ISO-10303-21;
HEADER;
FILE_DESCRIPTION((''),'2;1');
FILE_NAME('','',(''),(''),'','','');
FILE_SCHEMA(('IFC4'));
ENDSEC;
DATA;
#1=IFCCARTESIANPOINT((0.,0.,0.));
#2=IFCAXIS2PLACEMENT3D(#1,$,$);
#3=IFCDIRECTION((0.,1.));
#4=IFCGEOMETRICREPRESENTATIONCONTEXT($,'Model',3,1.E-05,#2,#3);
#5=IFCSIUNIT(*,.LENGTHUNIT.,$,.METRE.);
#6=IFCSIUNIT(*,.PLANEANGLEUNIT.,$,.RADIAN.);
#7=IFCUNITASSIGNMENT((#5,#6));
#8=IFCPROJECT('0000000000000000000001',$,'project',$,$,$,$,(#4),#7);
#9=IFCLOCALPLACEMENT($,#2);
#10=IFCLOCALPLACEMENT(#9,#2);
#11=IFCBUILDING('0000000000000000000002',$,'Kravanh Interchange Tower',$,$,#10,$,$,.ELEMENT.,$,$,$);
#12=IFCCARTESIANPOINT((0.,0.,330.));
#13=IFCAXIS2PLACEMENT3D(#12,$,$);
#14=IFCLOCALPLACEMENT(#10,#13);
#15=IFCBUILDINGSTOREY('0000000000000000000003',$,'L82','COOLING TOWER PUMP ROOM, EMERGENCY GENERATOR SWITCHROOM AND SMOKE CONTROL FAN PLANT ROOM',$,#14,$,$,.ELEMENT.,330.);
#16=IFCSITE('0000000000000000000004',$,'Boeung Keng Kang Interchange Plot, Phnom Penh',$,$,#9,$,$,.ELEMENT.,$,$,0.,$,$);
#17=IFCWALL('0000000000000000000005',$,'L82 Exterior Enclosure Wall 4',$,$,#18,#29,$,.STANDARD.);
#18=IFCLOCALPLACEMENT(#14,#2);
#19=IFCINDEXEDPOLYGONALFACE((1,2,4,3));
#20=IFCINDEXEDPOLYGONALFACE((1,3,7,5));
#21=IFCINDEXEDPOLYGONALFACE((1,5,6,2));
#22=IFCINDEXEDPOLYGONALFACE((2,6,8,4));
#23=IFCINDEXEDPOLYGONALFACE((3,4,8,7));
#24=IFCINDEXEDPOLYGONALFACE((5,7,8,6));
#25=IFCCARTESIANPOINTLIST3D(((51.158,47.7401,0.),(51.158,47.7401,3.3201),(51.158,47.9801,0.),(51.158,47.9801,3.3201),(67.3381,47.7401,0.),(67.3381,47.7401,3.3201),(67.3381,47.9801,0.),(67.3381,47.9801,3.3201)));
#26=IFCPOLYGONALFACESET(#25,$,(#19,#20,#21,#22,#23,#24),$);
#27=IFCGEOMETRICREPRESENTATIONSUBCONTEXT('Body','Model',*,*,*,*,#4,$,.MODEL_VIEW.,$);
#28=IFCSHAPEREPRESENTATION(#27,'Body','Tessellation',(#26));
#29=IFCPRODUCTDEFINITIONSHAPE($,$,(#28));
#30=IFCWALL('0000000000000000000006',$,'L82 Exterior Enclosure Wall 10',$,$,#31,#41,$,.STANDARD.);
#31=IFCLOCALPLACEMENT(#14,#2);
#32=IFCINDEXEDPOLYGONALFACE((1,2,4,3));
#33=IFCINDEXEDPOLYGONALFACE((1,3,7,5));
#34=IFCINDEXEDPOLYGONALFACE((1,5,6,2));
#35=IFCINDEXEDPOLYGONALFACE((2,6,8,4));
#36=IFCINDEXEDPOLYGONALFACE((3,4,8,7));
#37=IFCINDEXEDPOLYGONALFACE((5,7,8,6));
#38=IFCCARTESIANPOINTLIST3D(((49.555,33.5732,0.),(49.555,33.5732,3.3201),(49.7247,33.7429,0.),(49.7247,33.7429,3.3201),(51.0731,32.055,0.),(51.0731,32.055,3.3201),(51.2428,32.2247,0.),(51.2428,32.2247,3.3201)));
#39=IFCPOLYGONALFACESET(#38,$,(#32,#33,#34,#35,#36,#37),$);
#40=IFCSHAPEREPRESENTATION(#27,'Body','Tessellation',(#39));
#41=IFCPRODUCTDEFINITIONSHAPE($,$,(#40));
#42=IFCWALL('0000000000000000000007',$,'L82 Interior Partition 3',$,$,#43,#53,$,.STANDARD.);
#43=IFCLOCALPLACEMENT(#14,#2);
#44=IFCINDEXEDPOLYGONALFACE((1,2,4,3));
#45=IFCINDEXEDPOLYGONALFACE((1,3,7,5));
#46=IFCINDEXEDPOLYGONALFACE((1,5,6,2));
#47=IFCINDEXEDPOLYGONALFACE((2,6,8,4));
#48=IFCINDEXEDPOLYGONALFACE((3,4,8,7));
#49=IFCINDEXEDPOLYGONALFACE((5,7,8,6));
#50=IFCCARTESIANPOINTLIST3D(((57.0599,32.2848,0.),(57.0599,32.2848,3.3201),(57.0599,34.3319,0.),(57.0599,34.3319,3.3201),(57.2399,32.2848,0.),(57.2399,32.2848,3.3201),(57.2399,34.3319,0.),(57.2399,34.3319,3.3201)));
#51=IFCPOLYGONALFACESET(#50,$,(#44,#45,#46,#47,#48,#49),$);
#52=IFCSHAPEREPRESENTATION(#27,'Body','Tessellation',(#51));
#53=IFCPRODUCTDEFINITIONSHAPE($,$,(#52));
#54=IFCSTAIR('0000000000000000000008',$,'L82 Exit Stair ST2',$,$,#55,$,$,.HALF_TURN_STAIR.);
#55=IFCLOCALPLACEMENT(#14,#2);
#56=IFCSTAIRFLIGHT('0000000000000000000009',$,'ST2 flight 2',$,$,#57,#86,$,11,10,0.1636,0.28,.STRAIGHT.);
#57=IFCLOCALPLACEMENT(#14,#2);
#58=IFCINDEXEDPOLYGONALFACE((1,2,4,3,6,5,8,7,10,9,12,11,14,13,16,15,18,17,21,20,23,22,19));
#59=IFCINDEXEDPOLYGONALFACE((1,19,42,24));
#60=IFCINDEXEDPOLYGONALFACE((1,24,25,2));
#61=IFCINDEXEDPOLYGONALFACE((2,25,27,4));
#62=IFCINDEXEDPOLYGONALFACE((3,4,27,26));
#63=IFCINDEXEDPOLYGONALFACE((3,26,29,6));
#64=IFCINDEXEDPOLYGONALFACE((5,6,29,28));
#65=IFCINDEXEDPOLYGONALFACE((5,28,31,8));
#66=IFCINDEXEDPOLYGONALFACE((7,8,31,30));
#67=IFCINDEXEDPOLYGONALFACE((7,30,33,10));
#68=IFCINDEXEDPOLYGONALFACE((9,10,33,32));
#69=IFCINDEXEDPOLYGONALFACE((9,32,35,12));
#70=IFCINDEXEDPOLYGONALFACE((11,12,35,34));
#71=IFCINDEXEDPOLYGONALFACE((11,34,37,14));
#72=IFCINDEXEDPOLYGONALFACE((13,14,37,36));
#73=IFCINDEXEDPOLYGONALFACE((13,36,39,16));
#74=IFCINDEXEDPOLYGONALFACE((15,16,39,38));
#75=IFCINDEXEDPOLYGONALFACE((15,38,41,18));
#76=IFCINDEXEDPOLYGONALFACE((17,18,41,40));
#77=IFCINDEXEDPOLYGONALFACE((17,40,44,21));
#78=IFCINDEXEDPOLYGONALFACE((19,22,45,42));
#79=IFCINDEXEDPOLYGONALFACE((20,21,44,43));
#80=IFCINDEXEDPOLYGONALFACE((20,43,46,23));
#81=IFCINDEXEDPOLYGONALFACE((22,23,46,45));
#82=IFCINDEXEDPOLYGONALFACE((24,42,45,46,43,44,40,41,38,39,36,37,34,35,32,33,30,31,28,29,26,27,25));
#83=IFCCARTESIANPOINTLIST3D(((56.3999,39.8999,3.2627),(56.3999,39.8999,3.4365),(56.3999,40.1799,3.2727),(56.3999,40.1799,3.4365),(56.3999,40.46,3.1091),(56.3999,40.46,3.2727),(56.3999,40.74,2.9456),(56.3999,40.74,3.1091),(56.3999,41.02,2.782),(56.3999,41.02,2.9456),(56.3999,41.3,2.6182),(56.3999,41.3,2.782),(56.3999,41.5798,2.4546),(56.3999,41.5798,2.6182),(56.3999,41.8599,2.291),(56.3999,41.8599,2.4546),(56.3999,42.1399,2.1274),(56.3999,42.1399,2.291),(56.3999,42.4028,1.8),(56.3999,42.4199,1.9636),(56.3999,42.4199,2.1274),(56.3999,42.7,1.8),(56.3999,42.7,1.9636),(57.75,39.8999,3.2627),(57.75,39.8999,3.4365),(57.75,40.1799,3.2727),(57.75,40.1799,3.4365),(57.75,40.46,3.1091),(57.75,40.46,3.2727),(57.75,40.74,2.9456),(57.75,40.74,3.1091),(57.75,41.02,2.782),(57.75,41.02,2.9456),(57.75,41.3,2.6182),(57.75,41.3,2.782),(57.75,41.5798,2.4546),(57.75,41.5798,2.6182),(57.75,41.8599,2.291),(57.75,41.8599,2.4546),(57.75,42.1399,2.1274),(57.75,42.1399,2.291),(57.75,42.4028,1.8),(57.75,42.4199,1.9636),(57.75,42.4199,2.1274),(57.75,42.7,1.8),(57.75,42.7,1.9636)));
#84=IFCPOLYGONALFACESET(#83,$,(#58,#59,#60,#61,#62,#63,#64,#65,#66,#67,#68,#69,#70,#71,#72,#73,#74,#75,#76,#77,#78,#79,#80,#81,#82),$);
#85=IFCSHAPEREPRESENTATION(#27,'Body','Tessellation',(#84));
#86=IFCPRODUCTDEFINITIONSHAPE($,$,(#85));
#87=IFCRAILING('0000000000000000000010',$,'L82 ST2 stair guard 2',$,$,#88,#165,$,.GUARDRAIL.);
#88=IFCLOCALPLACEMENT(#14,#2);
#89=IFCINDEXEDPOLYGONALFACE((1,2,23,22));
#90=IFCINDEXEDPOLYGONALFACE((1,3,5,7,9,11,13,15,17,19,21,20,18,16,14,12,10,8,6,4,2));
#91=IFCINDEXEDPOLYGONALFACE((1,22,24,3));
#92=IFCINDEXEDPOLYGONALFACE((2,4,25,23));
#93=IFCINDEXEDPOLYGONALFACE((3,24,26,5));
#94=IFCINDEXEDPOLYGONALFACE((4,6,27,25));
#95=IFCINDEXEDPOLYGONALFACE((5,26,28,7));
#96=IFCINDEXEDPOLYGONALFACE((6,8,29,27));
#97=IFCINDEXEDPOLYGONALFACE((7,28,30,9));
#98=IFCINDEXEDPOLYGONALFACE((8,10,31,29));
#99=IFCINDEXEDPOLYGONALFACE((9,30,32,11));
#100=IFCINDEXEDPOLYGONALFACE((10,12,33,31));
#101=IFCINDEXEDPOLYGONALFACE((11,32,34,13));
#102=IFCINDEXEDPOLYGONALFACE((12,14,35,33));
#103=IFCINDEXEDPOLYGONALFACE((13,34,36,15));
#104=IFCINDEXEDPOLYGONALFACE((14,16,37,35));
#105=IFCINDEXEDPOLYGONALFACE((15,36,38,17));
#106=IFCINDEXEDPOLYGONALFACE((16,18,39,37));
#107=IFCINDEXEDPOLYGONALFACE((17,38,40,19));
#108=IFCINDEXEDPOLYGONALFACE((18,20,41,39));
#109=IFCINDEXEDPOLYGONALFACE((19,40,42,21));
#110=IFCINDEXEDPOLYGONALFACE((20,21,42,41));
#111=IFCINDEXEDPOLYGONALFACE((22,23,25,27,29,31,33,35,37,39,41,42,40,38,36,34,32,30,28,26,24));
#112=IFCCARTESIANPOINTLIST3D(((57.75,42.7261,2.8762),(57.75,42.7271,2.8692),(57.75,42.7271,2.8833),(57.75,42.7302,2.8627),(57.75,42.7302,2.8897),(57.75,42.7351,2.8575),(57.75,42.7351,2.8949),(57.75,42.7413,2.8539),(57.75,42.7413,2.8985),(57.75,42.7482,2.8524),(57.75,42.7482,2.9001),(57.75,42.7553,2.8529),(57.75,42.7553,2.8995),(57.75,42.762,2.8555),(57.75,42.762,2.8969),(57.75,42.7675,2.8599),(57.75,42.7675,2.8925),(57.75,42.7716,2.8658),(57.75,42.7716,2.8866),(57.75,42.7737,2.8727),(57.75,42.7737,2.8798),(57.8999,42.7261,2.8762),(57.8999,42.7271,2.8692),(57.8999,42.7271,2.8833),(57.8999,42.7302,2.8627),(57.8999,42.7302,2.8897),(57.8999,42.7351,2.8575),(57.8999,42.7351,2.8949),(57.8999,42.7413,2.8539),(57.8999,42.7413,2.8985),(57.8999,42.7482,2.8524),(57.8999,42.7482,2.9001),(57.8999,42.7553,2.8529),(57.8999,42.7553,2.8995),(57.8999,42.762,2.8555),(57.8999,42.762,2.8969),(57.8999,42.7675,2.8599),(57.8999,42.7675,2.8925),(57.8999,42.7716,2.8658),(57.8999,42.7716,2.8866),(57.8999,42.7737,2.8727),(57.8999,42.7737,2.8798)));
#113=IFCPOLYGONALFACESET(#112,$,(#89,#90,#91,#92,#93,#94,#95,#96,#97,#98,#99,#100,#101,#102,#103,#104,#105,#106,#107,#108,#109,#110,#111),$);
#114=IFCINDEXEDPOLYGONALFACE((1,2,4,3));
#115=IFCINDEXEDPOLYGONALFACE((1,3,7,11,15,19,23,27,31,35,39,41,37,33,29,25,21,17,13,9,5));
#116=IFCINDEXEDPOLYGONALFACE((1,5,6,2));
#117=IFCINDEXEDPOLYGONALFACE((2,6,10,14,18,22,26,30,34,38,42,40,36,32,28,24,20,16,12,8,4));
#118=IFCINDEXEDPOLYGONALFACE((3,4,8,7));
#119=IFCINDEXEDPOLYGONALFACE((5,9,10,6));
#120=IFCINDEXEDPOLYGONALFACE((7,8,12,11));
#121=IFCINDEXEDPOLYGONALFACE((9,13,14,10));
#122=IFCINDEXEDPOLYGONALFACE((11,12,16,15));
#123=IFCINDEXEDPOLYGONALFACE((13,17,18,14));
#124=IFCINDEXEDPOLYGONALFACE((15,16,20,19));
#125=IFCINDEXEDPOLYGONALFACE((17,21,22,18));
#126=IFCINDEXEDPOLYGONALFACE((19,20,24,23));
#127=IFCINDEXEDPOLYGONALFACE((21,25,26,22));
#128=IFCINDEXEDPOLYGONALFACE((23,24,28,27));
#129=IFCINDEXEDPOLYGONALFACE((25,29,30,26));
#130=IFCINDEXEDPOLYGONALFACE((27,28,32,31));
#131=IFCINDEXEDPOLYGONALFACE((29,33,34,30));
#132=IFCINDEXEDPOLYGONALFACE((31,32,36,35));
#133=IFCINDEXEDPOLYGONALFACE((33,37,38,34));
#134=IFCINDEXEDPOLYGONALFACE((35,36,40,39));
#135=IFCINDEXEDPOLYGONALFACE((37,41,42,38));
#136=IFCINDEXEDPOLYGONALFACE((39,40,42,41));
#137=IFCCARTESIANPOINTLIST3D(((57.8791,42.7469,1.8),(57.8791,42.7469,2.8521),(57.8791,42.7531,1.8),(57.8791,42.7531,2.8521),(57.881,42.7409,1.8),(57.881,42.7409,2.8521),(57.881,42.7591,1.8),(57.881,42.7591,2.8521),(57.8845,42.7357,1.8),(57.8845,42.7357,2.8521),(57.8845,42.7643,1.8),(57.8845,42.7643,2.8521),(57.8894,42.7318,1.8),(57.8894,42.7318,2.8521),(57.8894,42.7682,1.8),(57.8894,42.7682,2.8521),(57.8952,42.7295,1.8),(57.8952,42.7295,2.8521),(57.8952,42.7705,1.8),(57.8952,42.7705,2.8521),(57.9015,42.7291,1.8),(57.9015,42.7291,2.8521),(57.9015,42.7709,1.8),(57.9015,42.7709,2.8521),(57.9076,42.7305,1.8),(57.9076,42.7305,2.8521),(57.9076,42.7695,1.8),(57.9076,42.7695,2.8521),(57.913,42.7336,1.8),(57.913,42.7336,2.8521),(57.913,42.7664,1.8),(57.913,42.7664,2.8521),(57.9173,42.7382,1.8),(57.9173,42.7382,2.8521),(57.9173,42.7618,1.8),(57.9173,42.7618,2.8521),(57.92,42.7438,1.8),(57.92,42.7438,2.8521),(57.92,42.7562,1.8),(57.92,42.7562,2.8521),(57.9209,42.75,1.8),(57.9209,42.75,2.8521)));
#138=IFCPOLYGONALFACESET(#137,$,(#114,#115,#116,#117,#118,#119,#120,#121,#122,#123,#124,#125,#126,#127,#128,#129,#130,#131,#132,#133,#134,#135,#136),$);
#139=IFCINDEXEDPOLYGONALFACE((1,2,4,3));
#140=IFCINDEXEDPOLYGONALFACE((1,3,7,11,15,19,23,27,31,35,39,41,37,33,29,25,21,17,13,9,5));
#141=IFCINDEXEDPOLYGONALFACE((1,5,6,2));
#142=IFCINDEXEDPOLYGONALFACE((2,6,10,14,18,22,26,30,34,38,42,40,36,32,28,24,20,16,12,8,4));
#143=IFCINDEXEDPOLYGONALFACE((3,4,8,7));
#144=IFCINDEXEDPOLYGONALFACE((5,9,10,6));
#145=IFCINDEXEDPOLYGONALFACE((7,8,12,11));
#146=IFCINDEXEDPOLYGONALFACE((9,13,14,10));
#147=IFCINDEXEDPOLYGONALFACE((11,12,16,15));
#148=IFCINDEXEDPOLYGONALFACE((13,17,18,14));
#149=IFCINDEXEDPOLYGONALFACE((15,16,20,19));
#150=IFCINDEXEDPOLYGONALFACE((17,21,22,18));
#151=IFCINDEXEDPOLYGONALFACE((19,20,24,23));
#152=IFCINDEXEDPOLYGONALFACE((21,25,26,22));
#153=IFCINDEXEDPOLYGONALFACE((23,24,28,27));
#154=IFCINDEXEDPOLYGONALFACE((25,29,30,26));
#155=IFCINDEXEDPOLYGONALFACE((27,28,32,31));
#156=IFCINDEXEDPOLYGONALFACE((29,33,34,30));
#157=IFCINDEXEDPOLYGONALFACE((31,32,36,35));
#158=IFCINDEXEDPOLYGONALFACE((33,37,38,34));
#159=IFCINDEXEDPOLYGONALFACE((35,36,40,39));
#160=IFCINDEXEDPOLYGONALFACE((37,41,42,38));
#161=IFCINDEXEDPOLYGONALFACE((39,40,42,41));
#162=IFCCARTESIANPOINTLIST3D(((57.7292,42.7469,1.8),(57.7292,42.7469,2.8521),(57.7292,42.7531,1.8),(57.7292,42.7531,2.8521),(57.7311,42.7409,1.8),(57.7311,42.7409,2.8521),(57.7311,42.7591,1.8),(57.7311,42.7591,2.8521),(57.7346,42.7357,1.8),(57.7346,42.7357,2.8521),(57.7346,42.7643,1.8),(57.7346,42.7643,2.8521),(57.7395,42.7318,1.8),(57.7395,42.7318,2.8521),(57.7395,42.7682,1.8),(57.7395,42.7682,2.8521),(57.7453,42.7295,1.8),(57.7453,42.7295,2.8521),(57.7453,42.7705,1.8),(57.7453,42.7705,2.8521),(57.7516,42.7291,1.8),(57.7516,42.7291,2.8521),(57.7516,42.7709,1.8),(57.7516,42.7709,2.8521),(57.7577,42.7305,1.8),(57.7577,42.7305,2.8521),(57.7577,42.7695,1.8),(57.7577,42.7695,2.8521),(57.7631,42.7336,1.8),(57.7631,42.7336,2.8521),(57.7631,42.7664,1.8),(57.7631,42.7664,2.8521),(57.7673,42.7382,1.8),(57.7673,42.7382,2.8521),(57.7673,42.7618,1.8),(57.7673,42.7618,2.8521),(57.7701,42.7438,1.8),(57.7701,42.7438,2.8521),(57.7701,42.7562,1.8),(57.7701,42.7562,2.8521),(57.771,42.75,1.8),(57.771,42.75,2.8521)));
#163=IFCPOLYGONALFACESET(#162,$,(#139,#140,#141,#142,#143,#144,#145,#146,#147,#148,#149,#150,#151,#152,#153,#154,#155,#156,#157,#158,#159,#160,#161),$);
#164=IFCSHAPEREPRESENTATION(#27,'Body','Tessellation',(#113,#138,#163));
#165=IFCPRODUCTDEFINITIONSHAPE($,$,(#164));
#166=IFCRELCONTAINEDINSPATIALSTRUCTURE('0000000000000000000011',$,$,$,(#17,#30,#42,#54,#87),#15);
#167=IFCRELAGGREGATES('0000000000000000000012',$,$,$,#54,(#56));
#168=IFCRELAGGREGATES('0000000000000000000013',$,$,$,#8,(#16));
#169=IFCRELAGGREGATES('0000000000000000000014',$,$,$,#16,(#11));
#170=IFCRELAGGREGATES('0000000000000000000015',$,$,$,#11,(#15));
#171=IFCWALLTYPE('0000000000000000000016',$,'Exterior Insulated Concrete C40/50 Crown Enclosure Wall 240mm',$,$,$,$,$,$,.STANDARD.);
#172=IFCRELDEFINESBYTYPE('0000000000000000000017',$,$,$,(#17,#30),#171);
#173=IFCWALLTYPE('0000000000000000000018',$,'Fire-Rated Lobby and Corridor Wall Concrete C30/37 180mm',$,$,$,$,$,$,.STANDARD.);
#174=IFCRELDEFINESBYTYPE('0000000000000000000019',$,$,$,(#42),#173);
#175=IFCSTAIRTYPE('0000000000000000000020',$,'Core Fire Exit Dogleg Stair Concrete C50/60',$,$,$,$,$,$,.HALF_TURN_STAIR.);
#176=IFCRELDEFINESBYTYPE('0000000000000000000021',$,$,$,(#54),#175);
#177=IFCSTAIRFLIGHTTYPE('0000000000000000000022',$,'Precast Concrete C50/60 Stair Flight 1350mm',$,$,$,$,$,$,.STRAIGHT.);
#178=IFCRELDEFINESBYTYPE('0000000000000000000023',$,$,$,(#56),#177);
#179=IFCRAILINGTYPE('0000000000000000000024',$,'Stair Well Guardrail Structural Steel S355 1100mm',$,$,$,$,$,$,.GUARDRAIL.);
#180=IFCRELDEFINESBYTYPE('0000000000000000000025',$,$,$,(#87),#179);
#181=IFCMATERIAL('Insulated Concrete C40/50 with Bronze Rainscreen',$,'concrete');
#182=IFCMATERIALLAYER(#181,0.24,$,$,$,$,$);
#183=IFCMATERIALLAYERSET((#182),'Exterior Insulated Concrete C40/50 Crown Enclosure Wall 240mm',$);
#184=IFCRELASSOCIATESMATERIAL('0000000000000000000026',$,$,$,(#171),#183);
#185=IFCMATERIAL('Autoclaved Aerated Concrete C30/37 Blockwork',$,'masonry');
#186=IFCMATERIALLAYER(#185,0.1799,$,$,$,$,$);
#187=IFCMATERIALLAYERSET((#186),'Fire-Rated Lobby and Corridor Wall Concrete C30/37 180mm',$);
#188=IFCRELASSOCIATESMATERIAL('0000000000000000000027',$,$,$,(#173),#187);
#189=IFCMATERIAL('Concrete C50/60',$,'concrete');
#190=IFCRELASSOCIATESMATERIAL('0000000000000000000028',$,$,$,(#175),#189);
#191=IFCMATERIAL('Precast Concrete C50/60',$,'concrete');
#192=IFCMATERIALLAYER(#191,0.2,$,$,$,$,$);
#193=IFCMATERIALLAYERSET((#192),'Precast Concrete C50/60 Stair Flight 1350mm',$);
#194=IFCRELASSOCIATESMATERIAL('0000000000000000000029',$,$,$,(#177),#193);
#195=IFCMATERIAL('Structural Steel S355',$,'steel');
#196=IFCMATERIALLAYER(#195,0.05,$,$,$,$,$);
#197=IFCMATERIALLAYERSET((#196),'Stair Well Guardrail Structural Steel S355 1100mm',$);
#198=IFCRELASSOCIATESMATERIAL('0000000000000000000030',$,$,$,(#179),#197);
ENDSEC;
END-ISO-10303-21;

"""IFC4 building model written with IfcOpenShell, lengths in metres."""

from ifc_helpers import new_model, si_unit, direction, frame, frame_2d, origin, origin_2d, place, context, subcontext, project, spatial, polyline, rectangle, circle, outline, extrude, material, layer, layer_set, type_object, element, aggregate, save


model = new_model("IFC4")

# Units and contexts
model_context = context("Model", 3, precision=1e-05, world=origin(), true_north=direction((0.0, 1.0)))
body_context = subcontext(model_context, "Body", "Model", "MODEL_VIEW")
ifc_project = project(units=[si_unit("LENGTHUNIT", "METRE"), si_unit("PLANEANGLEUNIT", "RADIAN")], contexts=[model_context])

# Site, building, storey
site_placement = place(None, origin())
site = spatial("IfcSite", under=ifc_project, at=site_placement, Name="Boeung Keng Kang Interchange Plot, Phnom Penh", CompositionType="ELEMENT", RefElevation=0.0)
building_placement = place(site_placement, origin())
building = spatial("IfcBuilding", under=site, at=building_placement, Name="Kravanh Interchange Tower", CompositionType="ELEMENT")
storey_placement = place(building_placement, frame((0.0, 0.0, 330.0)))
storey = spatial("IfcBuildingStorey", under=building, at=storey_placement, Name="L82", Description="COOLING TOWER PUMP ROOM, EMERGENCY GENERATOR SWITCHROOM AND SMOKE CONTROL FAN PLANT ROOM", CompositionType="ELEMENT", Elevation=330.0)

# Walls
ifc_material_1 = material(Name="Insulated Concrete C40/50 with Bronze Rainscreen", Category="concrete")
ifc_layer_1 = layer(ifc_material_1, 0.24)
ifc_layer_set_1 = layer_set([ifc_layer_1], Name="Exterior Insulated Concrete C40/50 Crown Enclosure Wall 240mm")
wall_type_1 = type_object("IfcWallType", Name="Exterior Insulated Concrete C40/50 Crown Enclosure Wall 240mm", PredefinedType="STANDARD", material=ifc_layer_set_1)
wall_1_placement = place(storey_placement, frame((51.158, 47.8601, 0.0), z_axis=(0.0, 0.0, 1.0), x_axis=(1.0, 0.0, 0.0)))
element("IfcWall", 1, at=wall_1_placement, inside=storey, type_object=wall_type_1, Name="L82 Exterior Enclosure Wall 4", PredefinedType="STANDARD", context=body_context, shape_type="SweptSolid", body=[
    extrude(rectangle(XDim=16.1802, YDim=0.24, at=frame_2d((8.0901, 0.0))), origin(), (0.0, 0.0, 1.0), 3.3201),
])
wall_2_placement = place(storey_placement, frame((51.158, 32.1399, 0.0), z_axis=(0.0, 0.0, 1.0), x_axis=(-0.707107, 0.707107, 0.0)))
element("IfcWall", 2, at=wall_2_placement, inside=storey, type_object=wall_type_1, Name="L82 Exterior Enclosure Wall 10", PredefinedType="STANDARD", context=body_context, shape_type="SweptSolid", body=[
    extrude(rectangle(XDim=2.147, YDim=0.24, at=frame_2d((1.0735, 0.0))), origin(), (0.0, 0.0, 1.0), 3.3201),
])
ifc_material_2 = material(Name="Autoclaved Aerated Concrete C30/37 Blockwork", Category="masonry")
ifc_layer_2 = layer(ifc_material_2, 0.1799)
ifc_layer_set_2 = layer_set([ifc_layer_2], Name="Fire-Rated Lobby and Corridor Wall Concrete C30/37 180mm")
wall_type_2 = type_object("IfcWallType", Name="Fire-Rated Lobby and Corridor Wall Concrete C30/37 180mm", PredefinedType="STANDARD", material=ifc_layer_set_2)
wall_3_placement = place(storey_placement, frame((57.1499, 32.2849, 0.0), z_axis=(0.0, 0.0, 1.0), x_axis=(0.0, 1.0, 0.0)))
element("IfcWall", 3, at=wall_3_placement, inside=storey, type_object=wall_type_2, Name="L82 Interior Partition 3", PredefinedType="STANDARD", context=body_context, shape_type="SweptSolid", body=[
    extrude(rectangle(XDim=2.0471, YDim=0.1799, at=frame_2d((1.0234, 0.0))), origin(), (0.0, 0.0, 1.0), 3.3201),
])

# Stair, stair flight
ifc_material_3 = material(Name="Concrete C50/60", Category="concrete")
stair_type = type_object("IfcStairType", Name="Core Fire Exit Dogleg Stair Concrete C50/60", PredefinedType="HALF_TURN_STAIR", material=ifc_material_3)
stair_placement = place(storey_placement, origin())
stair = element("IfcStair", 4, at=stair_placement, inside=storey, type_object=stair_type, Name="L82 Exit Stair ST2", PredefinedType="HALF_TURN_STAIR")
ifc_material_4 = material(Name="Precast Concrete C50/60", Category="concrete")
ifc_layer_3 = layer(ifc_material_4, 0.2)
ifc_layer_set_3 = layer_set([ifc_layer_3], Name="Precast Concrete C50/60 Stair Flight 1350mm")
stair_flight_type = type_object("IfcStairFlightType", Name="Precast Concrete C50/60 Stair Flight 1350mm", PredefinedType="STRAIGHT", material=ifc_layer_set_3)
stair_flight_placement = place(storey_placement, frame((57.075, 42.7, 1.8), z_axis=(0.0, 0.0, 1.0), x_axis=(0.0, -1.0, 0.0)))
stair_flight = element("IfcStairFlight", 5, at=stair_flight_placement, type_object=stair_flight_type, Name="ST2 flight 2", NumberOfRisers=11, NumberOfTreads=10, PredefinedType="STRAIGHT", RiserHeight=0.1636, TreadLength=0.28, context=body_context, shape_type="SweptSolid", body=[
    extrude(outline(polyline([(0.0, 0.0), (0.0, 0.1636), (0.28, 0.1636), (0.28, 0.3274), (0.5601, 0.3274), (0.5601, 0.491), (0.8401, 0.491), (0.8401, 0.6545), (1.1201, 0.6545), (1.1201, 0.8181), (1.3999, 0.8181), (1.3999, 0.9819), (1.6799, 0.9819), (1.6799, 1.1455), (1.96, 1.1455), (1.96, 1.3091), (2.24, 1.3091), (2.24, 1.4727), (2.52, 1.4727), (2.52, 1.6365), (2.8, 1.6365), (2.8, 1.8), (2.8, 1.4626), (0.2971, 0.0), (0.0, 0.0)])), frame((0.0, 0.675, 0.0), z_axis=(0.0, -1.0, 0.0), x_axis=(1.0, 0.0, 0.0)), (0.0, 0.0, 1.0), 1.3501),
])
aggregate(stair, [stair_flight])

# Railing
ifc_material_5 = material(Name="Structural Steel S355", Category="steel")
ifc_layer_4 = layer(ifc_material_5, 0.05)
ifc_layer_set_4 = layer_set([ifc_layer_4], Name="Stair Well Guardrail Structural Steel S355 1100mm")
railing_type_1 = type_object("IfcRailingType", Name="Stair Well Guardrail Structural Steel S355 1100mm", PredefinedType="GUARDRAIL", material=ifc_layer_set_4)
railing_1_placement = place(storey_placement, frame((57.8999, 42.75, 1.8)))
element("IfcRailing", 6, at=railing_1_placement, inside=storey, type_object=railing_type_1, Name="L82 ST2 stair guard 2", PredefinedType="GUARDRAIL", context=body_context, shape_type="SweptSolid", body=[
    extrude(circle(Radius=0.0239, at=origin_2d()), frame((0.0, 0.0, 1.0762), z_axis=(-1.0, 0.0, 0.0), x_axis=(0.0, -1.0, 0.0)), (0.0, 0.0, 1.0), 0.1499),
    extrude(circle(Radius=0.021, at=origin_2d()), origin(), (0.0, 0.0, 1.0), 1.052),
    extrude(circle(Radius=0.021, at=origin_2d()), frame((-0.1499, 0.0, 0.0)), (0.0, 0.0, 1.0), 1.052),
])

save(model, "model.ifc")
